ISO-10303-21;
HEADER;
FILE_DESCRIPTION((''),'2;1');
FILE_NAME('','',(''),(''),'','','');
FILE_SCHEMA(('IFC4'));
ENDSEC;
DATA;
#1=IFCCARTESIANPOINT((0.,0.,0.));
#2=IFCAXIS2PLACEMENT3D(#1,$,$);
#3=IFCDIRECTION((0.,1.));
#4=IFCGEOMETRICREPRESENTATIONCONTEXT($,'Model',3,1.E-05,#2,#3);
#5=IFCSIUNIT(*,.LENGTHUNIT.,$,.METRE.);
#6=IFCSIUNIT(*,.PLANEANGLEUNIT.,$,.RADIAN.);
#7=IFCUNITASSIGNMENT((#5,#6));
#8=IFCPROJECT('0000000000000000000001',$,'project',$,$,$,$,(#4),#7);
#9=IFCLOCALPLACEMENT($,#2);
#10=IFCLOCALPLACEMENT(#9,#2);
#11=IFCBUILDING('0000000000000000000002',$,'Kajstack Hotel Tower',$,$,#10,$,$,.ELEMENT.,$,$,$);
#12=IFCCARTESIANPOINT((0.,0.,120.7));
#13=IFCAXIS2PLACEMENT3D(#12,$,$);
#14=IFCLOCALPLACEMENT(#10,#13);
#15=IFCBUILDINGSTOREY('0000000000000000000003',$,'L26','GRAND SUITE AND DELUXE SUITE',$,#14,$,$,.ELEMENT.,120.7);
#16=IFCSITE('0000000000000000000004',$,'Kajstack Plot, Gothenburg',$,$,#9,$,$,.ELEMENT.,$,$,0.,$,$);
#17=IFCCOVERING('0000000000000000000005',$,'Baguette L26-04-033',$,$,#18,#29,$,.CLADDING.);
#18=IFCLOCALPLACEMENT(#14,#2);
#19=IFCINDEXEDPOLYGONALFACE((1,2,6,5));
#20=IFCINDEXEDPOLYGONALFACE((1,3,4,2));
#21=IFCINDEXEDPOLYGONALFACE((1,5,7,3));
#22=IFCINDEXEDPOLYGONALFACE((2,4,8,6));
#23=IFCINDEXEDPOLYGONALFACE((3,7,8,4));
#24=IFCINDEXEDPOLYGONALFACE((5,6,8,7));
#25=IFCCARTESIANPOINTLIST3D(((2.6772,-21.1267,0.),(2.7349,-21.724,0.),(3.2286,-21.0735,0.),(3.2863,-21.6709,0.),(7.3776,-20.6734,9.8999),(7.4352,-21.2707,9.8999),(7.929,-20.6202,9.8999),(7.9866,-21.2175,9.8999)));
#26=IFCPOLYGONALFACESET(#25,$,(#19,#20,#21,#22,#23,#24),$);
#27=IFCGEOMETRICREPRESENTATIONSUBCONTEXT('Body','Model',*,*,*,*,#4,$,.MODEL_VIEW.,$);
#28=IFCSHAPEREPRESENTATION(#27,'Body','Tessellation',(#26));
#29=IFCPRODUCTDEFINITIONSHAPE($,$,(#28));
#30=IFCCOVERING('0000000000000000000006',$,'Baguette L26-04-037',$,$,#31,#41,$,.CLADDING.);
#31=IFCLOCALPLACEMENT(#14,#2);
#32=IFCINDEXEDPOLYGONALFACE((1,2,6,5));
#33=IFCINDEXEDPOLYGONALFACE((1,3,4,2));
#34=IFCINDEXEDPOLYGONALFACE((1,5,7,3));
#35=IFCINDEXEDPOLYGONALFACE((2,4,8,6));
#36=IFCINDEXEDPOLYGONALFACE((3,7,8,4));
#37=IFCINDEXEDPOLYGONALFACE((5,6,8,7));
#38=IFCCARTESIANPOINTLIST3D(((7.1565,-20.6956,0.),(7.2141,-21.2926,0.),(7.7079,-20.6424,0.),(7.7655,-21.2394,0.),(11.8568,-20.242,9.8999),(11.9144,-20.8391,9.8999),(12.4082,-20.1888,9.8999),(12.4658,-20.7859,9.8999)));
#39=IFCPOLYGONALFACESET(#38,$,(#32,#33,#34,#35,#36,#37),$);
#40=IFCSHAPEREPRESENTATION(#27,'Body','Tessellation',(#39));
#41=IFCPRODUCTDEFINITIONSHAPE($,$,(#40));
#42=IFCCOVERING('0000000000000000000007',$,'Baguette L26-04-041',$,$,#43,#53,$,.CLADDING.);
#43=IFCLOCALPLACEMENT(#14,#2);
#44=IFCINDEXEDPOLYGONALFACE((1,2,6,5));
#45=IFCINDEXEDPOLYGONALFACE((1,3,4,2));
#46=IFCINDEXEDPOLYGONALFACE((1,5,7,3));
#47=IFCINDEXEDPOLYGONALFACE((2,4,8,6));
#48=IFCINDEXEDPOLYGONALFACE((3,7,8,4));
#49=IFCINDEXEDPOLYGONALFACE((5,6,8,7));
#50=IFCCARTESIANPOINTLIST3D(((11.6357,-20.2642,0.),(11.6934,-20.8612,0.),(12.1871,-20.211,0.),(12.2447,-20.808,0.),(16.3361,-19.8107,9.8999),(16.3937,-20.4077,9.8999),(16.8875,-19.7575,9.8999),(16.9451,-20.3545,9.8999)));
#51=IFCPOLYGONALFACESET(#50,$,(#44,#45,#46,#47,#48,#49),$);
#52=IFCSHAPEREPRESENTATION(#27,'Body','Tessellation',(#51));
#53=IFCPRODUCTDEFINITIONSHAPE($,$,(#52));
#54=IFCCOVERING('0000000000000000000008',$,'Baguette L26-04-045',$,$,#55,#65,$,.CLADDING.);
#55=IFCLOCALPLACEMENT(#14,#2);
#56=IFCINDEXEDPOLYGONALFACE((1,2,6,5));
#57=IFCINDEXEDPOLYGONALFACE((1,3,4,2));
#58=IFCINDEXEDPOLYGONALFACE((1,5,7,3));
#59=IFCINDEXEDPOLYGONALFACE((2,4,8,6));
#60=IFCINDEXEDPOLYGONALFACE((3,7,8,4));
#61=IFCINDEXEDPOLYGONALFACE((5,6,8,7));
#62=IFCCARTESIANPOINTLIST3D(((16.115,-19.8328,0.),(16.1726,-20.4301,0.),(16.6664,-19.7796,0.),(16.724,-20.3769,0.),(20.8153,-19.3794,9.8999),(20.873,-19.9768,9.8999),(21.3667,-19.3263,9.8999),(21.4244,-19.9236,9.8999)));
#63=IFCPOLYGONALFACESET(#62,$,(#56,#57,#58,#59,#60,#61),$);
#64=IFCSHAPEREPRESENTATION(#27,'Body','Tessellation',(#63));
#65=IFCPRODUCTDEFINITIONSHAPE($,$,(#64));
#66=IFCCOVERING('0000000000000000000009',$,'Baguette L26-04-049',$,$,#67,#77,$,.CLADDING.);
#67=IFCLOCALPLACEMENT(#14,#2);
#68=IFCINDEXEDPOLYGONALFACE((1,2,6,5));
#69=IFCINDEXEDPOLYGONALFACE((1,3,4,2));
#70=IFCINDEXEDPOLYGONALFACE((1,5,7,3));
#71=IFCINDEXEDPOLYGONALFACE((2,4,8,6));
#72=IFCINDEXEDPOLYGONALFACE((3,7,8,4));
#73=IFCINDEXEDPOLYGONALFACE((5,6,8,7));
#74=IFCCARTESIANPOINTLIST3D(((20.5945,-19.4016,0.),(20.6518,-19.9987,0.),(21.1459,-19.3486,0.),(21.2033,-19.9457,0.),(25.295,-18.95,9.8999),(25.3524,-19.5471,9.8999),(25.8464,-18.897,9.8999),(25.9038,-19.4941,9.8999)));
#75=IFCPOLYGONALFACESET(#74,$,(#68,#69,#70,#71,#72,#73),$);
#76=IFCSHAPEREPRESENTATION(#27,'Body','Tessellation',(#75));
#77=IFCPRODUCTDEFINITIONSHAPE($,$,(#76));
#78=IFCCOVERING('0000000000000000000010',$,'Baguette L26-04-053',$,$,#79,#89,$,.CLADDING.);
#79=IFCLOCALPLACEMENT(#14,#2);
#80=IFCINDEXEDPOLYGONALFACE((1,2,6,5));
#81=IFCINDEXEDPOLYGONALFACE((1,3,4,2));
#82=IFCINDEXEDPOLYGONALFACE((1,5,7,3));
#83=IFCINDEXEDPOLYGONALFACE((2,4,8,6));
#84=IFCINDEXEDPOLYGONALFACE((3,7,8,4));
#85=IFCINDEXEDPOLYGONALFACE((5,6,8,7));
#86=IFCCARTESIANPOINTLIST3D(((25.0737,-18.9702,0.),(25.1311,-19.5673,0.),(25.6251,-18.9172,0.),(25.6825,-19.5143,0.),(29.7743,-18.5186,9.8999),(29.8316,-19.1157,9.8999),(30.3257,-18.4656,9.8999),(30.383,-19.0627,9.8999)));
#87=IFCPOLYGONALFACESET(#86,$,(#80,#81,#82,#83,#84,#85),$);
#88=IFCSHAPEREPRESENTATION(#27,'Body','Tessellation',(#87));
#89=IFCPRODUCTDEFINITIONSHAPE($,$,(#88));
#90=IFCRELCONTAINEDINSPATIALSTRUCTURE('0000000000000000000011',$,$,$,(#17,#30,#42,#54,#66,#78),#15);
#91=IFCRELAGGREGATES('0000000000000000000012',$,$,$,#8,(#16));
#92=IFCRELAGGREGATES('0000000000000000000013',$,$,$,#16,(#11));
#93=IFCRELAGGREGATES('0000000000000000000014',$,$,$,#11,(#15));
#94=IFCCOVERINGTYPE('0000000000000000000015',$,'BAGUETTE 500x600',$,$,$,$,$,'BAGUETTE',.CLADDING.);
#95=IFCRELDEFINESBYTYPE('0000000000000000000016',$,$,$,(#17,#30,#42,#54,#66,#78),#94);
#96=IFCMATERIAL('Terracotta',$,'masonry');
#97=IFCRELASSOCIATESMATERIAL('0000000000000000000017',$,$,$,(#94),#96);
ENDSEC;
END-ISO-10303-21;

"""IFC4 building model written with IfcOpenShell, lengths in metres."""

from ifc_helpers import new_model, si_unit, direction, frame, origin, origin_2d, place, context, subcontext, project, spatial, polyline, rectangle, outline, extrude, material, material_profile, profile_set, type_object, element, save


model = new_model("IFC4")

# Units and contexts
model_context = context("Model", 3, precision=1e-05, world=origin(), true_north=direction((0.0, 1.0)))
body_context = subcontext(model_context, "Body", "Model", "MODEL_VIEW")
ifc_project = project(units=[si_unit("LENGTHUNIT", "METRE"), si_unit("PLANEANGLEUNIT", "RADIAN")], contexts=[model_context])

# Site, building, storey
site_placement = place(None, origin())
site = spatial("IfcSite", under=ifc_project, at=site_placement, Name="Kajstack Plot, Gothenburg", CompositionType="ELEMENT", RefElevation=0.0)
building_placement = place(site_placement, origin())
building = spatial("IfcBuilding", under=site, at=building_placement, Name="Kajstack Hotel Tower", CompositionType="ELEMENT")
storey_placement = place(building_placement, frame((0.0, 0.0, 120.7)))
storey = spatial("IfcBuildingStorey", under=building, at=storey_placement, Name="L26", Description="GRAND SUITE AND DELUXE SUITE", CompositionType="ELEMENT", Elevation=120.7)

# Coverings
ifc_material_1 = material(Name="Terracotta", Category="masonry")
ifc_material_profile = material_profile(ifc_material_1, rectangle(XDim=0.6001, YDim=0.5, at=origin_2d()), Name="Terracotta-clad concrete baguette 500 x 600")
ifc_profile_set = profile_set([ifc_material_profile], Name="Terracotta")
covering_type = type_object("IfcCoveringType", Name="BAGUETTE 500x600", ElementType="BAGUETTE", PredefinedType="CLADDING", material=ifc_profile_set)
covering_1_placement = place(storey_placement, frame((2.6772, -21.1267, 0.0), z_axis=(0.095999, -0.995381, 0.0), x_axis=(0.995381, 0.095999, 0.0)))
element("IfcCovering", 1, at=covering_1_placement, inside=storey, type_object=covering_type, Name="Baguette L26-04-033", PredefinedType="CLADDING", context=body_context, shape_type="SweptSolid", body=[
    extrude(outline(polyline([(4.7222, 9.8999), (0.0, 0.0), (0.554, 0.0), (5.2761, 9.8999), (4.7222, 9.8999)])), origin(), (0.0, 0.0, 1.0), 0.6001),
])
for number, where, z_axis, x_axis, name in (
    (2, (7.1565, -20.6956, 0.0), (0.096038, -0.995378, 0.0), (0.995378, 0.096038, 0.0), "Baguette L26-04-037"),
    (3, (11.6357, -20.2642, 0.0), (0.096038, -0.995378, 0.0), (0.995378, 0.096038, 0.0), "Baguette L26-04-041"),
):
    element("IfcCovering", number, at=place(storey_placement, frame(where, z_axis=z_axis, x_axis=x_axis)), inside=storey, type_object=covering_type, Name=name, PredefinedType="CLADDING", context=body_context, shape_type="SweptSolid", body=[
        extrude(outline(polyline([(4.7222, 9.8999), (0.0, 0.0), (0.554, 0.0), (5.2761, 9.8999), (4.7222, 9.8999)])), origin(), (0.0, 0.0, 1.0), 0.5999),
    ])
covering_2_placement = place(storey_placement, frame((16.115, -19.8328, 0.0), z_axis=(0.095999, -0.995381, 0.0), x_axis=(0.995381, 0.095999, 0.0)))
element("IfcCovering", 4, at=covering_2_placement, inside=storey, type_object=covering_type, Name="Baguette L26-04-045", PredefinedType="CLADDING", context=body_context, shape_type="SweptSolid", body=[
    extrude(outline(polyline([(4.7222, 9.8999), (0.0, 0.0), (0.554, 0.0), (5.2761, 9.8999), (4.7222, 9.8999)])), origin(), (0.0, 0.0, 1.0), 0.6001),
])
for number, where, z_axis, x_axis, name in (
    (5, (20.5945, -19.4016, 0.0), (0.095635, -0.995416, 0.0), (0.995416, 0.095635, 0.0), "Baguette L26-04-049"),
    (6, (25.0737, -18.9702, 0.0), (0.095635, -0.995416, 0.0), (0.995416, 0.095635, 0.0), "Baguette L26-04-053"),
):
    element("IfcCovering", number, at=place(storey_placement, frame(where, z_axis=z_axis, x_axis=x_axis)), inside=storey, type_object=covering_type, Name=name, PredefinedType="CLADDING", context=body_context, shape_type="SweptSolid", body=[
        extrude(outline(polyline([(4.7222, 9.8999), (0.0, 0.0), (0.554, 0.0), (5.2761, 9.8999), (4.7222, 9.8999)])), origin(), (0.0, 0.0, 1.0), 0.5999),
    ])

save(model, "model.ifc")
